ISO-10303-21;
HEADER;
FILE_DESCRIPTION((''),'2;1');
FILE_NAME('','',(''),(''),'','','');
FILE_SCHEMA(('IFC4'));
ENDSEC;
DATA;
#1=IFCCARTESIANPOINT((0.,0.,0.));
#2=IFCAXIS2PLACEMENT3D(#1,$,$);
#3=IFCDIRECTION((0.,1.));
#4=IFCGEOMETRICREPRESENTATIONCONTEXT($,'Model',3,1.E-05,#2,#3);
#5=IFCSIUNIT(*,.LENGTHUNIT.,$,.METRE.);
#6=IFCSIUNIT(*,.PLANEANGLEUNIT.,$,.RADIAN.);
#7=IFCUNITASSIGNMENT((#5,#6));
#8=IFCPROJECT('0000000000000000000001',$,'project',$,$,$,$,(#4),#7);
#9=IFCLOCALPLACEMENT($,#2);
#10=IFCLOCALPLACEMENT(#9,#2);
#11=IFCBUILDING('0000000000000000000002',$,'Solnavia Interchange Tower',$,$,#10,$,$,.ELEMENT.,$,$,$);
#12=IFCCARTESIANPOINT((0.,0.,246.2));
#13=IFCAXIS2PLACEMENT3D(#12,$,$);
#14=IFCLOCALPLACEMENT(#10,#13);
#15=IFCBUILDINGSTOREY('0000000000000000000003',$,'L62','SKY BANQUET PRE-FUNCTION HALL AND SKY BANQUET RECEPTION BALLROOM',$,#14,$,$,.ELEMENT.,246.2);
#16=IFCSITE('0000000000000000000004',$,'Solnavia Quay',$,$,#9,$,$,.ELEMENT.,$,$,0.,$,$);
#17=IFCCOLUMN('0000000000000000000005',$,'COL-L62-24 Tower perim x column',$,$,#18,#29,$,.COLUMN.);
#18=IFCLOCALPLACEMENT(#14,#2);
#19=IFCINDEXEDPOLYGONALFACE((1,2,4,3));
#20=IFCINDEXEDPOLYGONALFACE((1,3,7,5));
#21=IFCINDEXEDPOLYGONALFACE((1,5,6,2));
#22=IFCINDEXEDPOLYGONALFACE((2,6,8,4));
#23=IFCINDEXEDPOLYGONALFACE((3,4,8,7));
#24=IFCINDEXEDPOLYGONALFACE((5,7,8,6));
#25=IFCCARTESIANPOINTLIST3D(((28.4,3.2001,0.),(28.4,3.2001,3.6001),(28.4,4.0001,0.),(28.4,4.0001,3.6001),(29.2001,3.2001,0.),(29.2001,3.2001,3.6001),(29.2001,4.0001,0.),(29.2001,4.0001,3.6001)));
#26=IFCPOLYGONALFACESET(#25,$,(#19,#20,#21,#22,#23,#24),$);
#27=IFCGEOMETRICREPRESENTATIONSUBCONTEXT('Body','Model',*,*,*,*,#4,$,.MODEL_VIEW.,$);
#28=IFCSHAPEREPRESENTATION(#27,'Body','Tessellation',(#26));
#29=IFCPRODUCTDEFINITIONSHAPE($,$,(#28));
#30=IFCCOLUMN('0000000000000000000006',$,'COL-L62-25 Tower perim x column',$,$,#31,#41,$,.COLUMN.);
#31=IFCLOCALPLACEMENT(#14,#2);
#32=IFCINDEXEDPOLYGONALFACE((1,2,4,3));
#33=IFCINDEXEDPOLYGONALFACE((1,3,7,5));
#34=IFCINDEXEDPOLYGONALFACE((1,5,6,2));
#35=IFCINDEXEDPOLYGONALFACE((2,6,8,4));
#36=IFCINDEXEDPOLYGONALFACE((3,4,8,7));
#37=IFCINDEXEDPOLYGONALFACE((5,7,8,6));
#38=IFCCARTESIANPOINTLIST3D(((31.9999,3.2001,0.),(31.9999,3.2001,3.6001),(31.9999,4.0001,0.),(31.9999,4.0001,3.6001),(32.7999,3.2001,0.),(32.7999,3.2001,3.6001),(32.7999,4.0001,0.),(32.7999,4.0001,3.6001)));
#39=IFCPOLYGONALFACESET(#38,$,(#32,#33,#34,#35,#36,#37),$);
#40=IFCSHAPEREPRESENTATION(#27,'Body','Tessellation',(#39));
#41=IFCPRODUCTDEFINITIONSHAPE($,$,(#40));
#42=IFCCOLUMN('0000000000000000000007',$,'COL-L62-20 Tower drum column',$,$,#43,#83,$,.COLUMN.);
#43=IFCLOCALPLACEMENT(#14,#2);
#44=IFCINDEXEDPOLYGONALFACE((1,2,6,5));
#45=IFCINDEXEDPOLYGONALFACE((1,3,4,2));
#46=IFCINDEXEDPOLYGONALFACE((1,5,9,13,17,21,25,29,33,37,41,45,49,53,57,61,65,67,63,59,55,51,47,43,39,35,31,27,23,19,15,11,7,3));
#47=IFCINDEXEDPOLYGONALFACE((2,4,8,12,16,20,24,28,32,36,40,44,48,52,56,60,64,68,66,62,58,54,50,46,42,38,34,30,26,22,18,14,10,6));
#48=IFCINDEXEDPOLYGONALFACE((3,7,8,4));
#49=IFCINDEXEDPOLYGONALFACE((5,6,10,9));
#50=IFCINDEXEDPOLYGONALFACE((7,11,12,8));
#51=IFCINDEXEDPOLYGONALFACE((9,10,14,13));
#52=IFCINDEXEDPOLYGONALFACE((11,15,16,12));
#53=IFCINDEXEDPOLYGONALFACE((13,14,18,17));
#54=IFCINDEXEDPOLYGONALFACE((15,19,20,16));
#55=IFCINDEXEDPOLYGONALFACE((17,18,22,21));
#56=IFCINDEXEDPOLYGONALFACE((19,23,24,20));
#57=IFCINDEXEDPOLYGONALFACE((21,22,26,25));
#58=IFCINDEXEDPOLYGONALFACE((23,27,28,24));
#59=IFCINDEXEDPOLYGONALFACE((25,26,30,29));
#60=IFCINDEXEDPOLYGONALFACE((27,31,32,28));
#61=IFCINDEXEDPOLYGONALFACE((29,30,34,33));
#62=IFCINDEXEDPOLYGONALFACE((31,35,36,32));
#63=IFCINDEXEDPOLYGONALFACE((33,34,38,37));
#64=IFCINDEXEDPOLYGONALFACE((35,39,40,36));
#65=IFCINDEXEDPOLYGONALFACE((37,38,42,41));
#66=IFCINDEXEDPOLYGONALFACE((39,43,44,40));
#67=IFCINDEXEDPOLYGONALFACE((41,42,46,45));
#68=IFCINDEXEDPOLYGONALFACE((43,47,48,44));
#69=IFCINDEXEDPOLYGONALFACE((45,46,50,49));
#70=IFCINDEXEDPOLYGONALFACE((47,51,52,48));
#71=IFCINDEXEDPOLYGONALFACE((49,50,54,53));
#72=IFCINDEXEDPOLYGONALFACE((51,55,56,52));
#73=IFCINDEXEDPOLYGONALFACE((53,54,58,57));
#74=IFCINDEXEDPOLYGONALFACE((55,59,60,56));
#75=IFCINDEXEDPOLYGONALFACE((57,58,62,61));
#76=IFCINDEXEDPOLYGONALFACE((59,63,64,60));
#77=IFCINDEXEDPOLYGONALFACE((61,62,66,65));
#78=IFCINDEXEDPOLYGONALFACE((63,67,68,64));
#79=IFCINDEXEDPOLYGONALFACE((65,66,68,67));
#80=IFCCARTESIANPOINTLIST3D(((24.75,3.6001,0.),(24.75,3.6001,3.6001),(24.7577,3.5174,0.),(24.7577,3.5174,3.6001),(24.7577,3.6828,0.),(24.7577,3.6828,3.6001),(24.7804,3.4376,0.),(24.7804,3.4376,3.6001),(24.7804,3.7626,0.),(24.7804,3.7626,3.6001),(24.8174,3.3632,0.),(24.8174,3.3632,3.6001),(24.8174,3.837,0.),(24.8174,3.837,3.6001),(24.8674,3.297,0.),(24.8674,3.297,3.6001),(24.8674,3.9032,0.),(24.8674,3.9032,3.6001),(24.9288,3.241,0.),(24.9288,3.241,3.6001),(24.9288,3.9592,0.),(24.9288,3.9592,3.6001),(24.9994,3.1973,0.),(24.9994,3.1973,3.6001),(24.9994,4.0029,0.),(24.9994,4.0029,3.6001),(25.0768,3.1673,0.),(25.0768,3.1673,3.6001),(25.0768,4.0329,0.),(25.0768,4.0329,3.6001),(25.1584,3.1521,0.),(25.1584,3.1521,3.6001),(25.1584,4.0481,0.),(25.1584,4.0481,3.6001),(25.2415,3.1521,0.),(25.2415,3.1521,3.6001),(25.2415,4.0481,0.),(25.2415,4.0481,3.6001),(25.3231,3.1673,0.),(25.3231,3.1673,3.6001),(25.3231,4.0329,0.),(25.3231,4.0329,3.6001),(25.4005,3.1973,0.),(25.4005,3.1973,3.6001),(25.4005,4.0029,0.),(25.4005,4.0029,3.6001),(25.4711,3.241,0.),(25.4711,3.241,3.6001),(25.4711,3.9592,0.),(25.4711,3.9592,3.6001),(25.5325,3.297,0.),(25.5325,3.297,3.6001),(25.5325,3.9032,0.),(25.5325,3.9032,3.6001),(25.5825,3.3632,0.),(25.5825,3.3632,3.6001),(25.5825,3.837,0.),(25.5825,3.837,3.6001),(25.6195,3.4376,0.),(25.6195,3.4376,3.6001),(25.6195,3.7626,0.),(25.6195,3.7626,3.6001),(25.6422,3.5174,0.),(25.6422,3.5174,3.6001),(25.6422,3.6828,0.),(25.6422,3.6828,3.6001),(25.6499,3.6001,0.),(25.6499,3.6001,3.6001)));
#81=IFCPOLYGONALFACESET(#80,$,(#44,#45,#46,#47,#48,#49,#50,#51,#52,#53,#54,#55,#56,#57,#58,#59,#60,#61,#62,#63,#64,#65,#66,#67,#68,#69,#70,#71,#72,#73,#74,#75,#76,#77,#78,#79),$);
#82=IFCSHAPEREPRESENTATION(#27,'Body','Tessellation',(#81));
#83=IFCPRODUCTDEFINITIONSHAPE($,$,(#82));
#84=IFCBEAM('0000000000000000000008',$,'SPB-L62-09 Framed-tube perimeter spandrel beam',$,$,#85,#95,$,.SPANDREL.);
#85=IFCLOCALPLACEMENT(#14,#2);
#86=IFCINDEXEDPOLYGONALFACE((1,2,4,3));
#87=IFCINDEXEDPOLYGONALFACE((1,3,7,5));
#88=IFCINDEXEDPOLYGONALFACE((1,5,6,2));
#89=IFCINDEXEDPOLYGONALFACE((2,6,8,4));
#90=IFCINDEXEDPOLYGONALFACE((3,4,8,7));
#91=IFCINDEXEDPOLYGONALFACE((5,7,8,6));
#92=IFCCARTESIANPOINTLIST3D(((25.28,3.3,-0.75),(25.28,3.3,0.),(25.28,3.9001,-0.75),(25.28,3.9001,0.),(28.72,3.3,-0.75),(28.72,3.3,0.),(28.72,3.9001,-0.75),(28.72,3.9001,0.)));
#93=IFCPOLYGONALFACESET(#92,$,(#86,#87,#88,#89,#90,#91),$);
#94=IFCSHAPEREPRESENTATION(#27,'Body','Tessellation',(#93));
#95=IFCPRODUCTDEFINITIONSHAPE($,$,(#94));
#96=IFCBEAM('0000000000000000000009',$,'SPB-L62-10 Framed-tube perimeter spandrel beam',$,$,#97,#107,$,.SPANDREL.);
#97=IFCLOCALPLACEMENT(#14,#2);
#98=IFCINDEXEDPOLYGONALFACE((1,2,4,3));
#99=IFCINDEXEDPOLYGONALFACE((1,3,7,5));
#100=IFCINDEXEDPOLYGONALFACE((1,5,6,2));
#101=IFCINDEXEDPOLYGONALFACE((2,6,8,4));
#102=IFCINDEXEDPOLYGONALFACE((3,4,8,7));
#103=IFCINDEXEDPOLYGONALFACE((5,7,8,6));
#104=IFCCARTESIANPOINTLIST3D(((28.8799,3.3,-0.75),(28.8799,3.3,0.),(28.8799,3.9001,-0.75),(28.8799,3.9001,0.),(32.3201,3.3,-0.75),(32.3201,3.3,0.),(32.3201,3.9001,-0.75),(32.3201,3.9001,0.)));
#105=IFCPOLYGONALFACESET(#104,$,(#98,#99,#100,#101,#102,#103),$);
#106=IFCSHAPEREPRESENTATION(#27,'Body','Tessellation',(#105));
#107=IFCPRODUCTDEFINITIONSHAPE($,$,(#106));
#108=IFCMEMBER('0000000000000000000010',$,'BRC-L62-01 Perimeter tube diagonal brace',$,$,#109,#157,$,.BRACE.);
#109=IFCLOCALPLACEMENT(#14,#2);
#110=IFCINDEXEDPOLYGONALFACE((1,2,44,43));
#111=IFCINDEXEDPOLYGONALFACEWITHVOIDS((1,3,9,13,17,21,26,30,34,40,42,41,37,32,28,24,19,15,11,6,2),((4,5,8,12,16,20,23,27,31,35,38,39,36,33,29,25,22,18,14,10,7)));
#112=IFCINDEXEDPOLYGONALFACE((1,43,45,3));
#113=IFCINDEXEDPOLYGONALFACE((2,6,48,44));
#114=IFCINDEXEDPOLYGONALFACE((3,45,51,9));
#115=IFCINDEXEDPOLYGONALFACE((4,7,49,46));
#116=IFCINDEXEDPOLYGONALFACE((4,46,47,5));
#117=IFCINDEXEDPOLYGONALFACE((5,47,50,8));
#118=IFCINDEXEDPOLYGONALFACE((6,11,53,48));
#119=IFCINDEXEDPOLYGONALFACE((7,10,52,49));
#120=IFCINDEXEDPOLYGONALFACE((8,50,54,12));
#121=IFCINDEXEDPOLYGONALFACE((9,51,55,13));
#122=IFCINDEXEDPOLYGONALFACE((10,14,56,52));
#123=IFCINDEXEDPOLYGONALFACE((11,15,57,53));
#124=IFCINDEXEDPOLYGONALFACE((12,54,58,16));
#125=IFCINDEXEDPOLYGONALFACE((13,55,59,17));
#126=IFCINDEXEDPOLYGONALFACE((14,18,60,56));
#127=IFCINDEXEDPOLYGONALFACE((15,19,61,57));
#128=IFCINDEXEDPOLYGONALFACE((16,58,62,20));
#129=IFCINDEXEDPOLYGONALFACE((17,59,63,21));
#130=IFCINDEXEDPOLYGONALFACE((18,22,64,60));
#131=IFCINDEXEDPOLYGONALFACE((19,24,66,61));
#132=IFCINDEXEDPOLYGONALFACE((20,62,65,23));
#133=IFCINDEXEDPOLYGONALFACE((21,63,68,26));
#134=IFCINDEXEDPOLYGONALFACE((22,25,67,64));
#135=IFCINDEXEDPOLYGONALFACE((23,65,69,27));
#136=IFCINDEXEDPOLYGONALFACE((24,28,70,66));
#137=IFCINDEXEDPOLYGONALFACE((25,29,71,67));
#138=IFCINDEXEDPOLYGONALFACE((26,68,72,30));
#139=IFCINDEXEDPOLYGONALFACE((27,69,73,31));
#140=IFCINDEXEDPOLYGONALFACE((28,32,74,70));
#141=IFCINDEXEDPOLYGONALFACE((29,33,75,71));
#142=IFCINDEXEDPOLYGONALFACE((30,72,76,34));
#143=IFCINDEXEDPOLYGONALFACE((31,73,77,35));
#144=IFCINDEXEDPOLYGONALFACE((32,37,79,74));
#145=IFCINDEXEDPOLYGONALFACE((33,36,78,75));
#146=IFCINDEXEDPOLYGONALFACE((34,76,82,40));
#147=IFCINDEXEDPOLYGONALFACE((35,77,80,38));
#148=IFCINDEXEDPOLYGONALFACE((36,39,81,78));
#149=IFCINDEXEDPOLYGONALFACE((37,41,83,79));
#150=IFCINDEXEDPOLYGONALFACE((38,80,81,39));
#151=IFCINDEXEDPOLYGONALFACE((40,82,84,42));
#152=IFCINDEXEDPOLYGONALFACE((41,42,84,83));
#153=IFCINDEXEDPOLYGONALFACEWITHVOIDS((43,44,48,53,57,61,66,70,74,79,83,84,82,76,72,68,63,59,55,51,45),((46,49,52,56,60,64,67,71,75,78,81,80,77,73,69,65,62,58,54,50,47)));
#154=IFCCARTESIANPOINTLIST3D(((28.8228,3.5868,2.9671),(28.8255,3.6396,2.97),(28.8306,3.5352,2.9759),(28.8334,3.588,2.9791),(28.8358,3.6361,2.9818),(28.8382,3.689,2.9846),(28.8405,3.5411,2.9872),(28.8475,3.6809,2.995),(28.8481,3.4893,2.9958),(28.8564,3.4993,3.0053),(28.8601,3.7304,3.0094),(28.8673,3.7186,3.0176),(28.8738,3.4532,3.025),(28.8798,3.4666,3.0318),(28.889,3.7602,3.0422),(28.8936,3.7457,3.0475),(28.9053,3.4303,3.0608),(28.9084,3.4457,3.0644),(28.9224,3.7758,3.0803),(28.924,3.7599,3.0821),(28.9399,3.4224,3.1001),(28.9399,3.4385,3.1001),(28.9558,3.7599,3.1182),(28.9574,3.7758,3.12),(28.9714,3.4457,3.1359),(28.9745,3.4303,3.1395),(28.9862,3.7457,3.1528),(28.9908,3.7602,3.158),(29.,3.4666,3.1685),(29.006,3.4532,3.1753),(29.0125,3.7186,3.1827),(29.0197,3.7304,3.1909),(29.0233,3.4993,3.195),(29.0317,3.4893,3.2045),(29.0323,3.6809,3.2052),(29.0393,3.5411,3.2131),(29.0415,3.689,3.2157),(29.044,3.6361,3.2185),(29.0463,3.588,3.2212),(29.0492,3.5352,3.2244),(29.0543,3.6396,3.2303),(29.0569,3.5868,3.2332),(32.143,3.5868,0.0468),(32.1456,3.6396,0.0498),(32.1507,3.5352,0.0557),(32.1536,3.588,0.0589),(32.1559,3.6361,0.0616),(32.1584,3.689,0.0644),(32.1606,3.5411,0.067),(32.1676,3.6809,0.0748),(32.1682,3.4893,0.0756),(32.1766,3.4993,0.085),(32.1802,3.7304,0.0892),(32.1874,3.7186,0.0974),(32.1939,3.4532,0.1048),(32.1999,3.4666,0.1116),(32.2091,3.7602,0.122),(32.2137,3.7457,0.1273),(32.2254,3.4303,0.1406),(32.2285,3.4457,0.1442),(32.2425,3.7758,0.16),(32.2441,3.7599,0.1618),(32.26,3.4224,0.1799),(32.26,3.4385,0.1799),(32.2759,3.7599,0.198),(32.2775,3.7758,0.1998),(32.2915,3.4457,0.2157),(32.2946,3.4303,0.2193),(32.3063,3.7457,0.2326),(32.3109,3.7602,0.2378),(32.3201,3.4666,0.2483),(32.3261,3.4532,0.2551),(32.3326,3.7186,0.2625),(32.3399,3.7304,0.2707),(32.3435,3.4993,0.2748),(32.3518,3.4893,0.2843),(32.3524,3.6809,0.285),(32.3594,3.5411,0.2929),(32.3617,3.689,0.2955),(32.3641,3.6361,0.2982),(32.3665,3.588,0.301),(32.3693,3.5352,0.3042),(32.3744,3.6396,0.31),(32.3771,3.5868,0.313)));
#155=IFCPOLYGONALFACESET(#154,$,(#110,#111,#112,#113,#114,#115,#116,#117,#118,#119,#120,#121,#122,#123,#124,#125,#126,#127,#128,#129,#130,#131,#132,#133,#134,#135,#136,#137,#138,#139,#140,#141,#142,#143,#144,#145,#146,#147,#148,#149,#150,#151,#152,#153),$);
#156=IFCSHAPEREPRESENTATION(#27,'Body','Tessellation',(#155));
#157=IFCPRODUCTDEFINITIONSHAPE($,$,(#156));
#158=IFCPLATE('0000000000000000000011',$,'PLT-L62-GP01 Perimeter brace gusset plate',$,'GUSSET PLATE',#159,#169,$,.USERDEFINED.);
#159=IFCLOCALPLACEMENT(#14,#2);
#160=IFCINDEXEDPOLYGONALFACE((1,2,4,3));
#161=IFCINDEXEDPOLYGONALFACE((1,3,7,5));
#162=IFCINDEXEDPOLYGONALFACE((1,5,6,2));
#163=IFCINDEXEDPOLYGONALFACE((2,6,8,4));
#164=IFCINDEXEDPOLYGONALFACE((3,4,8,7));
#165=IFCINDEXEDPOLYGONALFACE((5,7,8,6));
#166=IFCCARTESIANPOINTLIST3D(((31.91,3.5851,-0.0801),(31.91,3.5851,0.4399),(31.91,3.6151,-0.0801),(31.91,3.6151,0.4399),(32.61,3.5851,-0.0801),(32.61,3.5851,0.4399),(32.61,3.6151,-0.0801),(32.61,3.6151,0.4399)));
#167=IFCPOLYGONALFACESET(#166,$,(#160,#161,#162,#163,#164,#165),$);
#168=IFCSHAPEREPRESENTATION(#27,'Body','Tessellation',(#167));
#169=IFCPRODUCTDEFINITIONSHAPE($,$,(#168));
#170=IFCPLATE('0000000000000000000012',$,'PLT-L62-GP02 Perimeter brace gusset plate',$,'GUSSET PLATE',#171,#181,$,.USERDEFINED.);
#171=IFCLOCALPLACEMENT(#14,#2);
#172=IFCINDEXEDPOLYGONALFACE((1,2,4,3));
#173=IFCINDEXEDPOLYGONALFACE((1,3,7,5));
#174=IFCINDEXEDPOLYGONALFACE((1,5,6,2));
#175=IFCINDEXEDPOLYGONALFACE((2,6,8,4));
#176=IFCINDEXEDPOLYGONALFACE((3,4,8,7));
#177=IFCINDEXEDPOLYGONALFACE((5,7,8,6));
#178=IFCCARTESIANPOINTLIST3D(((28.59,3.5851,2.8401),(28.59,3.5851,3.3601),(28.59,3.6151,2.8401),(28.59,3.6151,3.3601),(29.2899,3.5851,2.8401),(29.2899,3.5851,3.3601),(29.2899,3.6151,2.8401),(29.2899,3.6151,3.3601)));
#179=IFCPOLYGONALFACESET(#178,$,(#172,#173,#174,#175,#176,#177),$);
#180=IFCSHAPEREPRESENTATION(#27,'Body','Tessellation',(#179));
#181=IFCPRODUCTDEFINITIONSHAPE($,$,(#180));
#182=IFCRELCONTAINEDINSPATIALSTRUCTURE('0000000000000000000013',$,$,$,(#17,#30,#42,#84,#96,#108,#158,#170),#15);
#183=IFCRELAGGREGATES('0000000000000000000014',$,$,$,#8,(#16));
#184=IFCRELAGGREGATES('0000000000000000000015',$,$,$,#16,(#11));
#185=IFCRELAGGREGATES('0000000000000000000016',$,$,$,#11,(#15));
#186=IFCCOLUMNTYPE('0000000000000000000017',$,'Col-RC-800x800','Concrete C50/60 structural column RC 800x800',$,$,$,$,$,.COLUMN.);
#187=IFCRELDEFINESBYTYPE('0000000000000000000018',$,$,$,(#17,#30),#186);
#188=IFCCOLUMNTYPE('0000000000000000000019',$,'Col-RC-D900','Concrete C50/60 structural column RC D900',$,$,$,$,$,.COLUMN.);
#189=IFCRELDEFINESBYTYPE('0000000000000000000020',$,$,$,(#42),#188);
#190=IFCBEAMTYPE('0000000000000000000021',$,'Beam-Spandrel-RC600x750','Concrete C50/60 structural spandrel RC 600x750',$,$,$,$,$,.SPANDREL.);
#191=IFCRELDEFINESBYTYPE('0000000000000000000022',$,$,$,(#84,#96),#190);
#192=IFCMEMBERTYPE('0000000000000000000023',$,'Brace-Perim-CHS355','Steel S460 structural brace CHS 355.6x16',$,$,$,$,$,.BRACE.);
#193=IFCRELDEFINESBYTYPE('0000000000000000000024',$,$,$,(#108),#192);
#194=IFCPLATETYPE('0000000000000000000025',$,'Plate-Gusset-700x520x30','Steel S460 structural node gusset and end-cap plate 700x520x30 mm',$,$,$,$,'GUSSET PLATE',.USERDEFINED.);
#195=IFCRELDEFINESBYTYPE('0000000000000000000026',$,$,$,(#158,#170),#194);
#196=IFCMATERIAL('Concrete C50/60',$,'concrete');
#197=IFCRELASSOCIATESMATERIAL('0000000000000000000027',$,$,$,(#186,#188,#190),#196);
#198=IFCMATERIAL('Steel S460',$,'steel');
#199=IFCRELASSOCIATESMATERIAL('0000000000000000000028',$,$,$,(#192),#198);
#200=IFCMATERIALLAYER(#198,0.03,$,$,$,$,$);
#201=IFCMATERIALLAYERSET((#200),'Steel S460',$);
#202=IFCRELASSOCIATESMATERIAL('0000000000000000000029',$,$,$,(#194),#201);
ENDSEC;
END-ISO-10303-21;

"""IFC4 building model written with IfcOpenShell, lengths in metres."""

from ifc_helpers import new_model, si_unit, direction, frame, origin, origin_2d, place, context, subcontext, project, spatial, rectangle, circle, hollow_circle, extrude, material, layer, layer_set, material_profile, profile_set, type_object, element, save


model = new_model("IFC4")

# Units and contexts
model_context = context("Model", 3, precision=1e-05, world=origin(), true_north=direction((0.0, 1.0)))
body_context = subcontext(model_context, "Body", "Model", "MODEL_VIEW")
ifc_project = project(units=[si_unit("LENGTHUNIT", "METRE"), si_unit("PLANEANGLEUNIT", "RADIAN")], contexts=[model_context])

# Site, building, storey
site_placement = place(None, origin())
site = spatial("IfcSite", under=ifc_project, at=site_placement, Name="Solnavia Quay", CompositionType="ELEMENT", RefElevation=0.0)
building_placement = place(site_placement, origin())
building = spatial("IfcBuilding", under=site, at=building_placement, Name="Solnavia Interchange Tower", CompositionType="ELEMENT")
storey_placement = place(building_placement, frame((0.0, 0.0, 246.2)))
storey = spatial("IfcBuildingStorey", under=building, at=storey_placement, Name="L62", Description="SKY BANQUET PRE-FUNCTION HALL AND SKY BANQUET RECEPTION BALLROOM", CompositionType="ELEMENT", Elevation=246.2)

# Columns
ifc_material_1 = material(Name="Concrete C50/60", Category="concrete")
ifc_material_profile_1 = material_profile(ifc_material_1, rectangle(XDim=0.8, YDim=0.8, at=origin_2d()), Name="RC 800x800")
ifc_profile_set_1 = profile_set([ifc_material_profile_1], Name="Concrete C50/60")
column_type_1 = type_object("IfcColumnType", Name="Col-RC-800x800", Description="Concrete C50/60 structural column RC 800x800", PredefinedType="COLUMN", material=ifc_profile_set_1)
for number, where, z_axis, x_axis, name in (
    (1, (28.8, 3.6001, 0.0), (0.0, 0.0, 1.0), (1.0, 0.0, 0.0), "COL-L62-24 Tower perim x column"),
    (2, (32.3999, 3.6001, 0.0), (0.0, 0.0, 1.0), (1.0, 0.0, 0.0), "COL-L62-25 Tower perim x column"),
):
    element("IfcColumn", number, at=place(storey_placement, frame(where, z_axis=z_axis, x_axis=x_axis)), inside=storey, type_object=column_type_1, Name=name, PredefinedType="COLUMN", context=body_context, shape_type="SweptSolid", body=[
        extrude(rectangle(XDim=0.8, YDim=0.8, at=origin_2d()), origin(), (0.0, 0.0, 1.0), 3.6001),
    ])
ifc_material_profile_2 = material_profile(ifc_material_1, circle(Radius=0.45, at=origin_2d()), Name="RC D900")
ifc_profile_set_2 = profile_set([ifc_material_profile_2], Name="Concrete C50/60")
column_type_2 = type_object("IfcColumnType", Name="Col-RC-D900", Description="Concrete C50/60 structural column RC D900", PredefinedType="COLUMN", material=ifc_profile_set_2)
column_placement = place(storey_placement, frame((25.2, 3.6001, 0.0), z_axis=(0.0, 0.0, 1.0), x_axis=(1.0, 0.0, 0.0)))
element("IfcColumn", 3, at=column_placement, inside=storey, type_object=column_type_2, Name="COL-L62-20 Tower drum column", PredefinedType="COLUMN", context=body_context, shape_type="SweptSolid", body=[
    extrude(circle(Radius=0.45, at=origin_2d()), origin(), (0.0, 0.0, 1.0), 3.6001),
])

# Beams
ifc_material_profile_3 = material_profile(ifc_material_1, rectangle(XDim=0.6001, YDim=0.75, at=origin_2d()), Name="RC 600x750")
ifc_profile_set_3 = profile_set([ifc_material_profile_3], Name="Concrete C50/60")
beam_type = type_object("IfcBeamType", Name="Beam-Spandrel-RC600x750", Description="Concrete C50/60 structural spandrel RC 600x750", PredefinedType="SPANDREL", material=ifc_profile_set_3)
beam_1_placement = place(storey_placement, frame((25.28, 3.6001, -0.375), z_axis=(1.0, 0.0, 0.0), x_axis=(0.0, 1.0, 0.0)))
element("IfcBeam", 4, at=beam_1_placement, inside=storey, type_object=beam_type, Name="SPB-L62-09 Framed-tube perimeter spandrel beam", PredefinedType="SPANDREL", context=body_context, shape_type="SweptSolid", body=[
    extrude(rectangle(XDim=0.6001, YDim=0.75, at=origin_2d()), origin(), (0.0, 0.0, 1.0), 3.4399),
])
beam_2_placement = place(storey_placement, frame((28.8799, 3.6001, -0.375), z_axis=(1.0, 0.0, 0.0), x_axis=(0.0, 1.0, 0.0)))
element("IfcBeam", 5, at=beam_2_placement, inside=storey, type_object=beam_type, Name="SPB-L62-10 Framed-tube perimeter spandrel beam", PredefinedType="SPANDREL", context=body_context, shape_type="SweptSolid", body=[
    extrude(rectangle(XDim=0.6001, YDim=0.75, at=origin_2d()), origin(), (0.0, 0.0, 1.0), 3.4402),
])

# Member
ifc_material_2 = material(Name="Steel S460", Category="steel")
ifc_material_profile_4 = material_profile(ifc_material_2, hollow_circle(Radius=0.1777, WallThickness=0.0161, at=origin_2d()), Name="CHS 355.6x16")
ifc_profile_set_4 = profile_set([ifc_material_profile_4], Name="Steel S460")
member_type = type_object("IfcMemberType", Name="Brace-Perim-CHS355", Description="Steel S460 structural brace CHS 355.6x16", PredefinedType="BRACE", material=ifc_profile_set_4)
member_placement = place(storey_placement, frame((32.26, 3.6001, 0.1799), z_axis=(-0.750881, 0.0, 0.660437), x_axis=(0.0, -1.0, 0.0)))
element("IfcMember", 6, at=member_placement, inside=storey, type_object=member_type, Name="BRC-L62-01 Perimeter tube diagonal brace", PredefinedType="BRACE", context=body_context, shape_type="SweptSolid", body=[
    extrude(hollow_circle(Radius=0.1777, WallThickness=0.0161, at=origin_2d()), origin(), (0.0, 0.0, 1.0), 4.4216),
])

# Plates
ifc_layer_1 = layer(ifc_material_2, 0.03)
ifc_layer_set_1 = layer_set([ifc_layer_1], Name="Steel S460")
plate_type = type_object("IfcPlateType", Name="Plate-Gusset-700x520x30", Description="Steel S460 structural node gusset and end-cap plate 700x520x30 mm", ElementType="GUSSET PLATE", PredefinedType="USERDEFINED", material=ifc_layer_set_1)
for number, where, z_axis, x_axis, name in (
    (7, (32.26, 3.6001, -0.0801), (0.0, 0.0, 1.0), (-1.0, 0.0, 0.0), "PLT-L62-GP01 Perimeter brace gusset plate"),
    (8, (28.9399, 3.6001, 2.8401), (0.0, 0.0, 1.0), (-1.0, 0.0, 0.0), "PLT-L62-GP02 Perimeter brace gusset plate"),
):
    element("IfcPlate", number, at=place(storey_placement, frame(where, z_axis=z_axis, x_axis=x_axis)), inside=storey, type_object=plate_type, Name=name, ObjectType="GUSSET PLATE", PredefinedType="USERDEFINED", context=body_context, shape_type="SweptSolid", body=[
        extrude(rectangle(XDim=0.7, YDim=0.03, at=origin_2d()), origin(), (0.0, 0.0, 1.0), 0.52),
    ])

save(model, "model.ifc")
